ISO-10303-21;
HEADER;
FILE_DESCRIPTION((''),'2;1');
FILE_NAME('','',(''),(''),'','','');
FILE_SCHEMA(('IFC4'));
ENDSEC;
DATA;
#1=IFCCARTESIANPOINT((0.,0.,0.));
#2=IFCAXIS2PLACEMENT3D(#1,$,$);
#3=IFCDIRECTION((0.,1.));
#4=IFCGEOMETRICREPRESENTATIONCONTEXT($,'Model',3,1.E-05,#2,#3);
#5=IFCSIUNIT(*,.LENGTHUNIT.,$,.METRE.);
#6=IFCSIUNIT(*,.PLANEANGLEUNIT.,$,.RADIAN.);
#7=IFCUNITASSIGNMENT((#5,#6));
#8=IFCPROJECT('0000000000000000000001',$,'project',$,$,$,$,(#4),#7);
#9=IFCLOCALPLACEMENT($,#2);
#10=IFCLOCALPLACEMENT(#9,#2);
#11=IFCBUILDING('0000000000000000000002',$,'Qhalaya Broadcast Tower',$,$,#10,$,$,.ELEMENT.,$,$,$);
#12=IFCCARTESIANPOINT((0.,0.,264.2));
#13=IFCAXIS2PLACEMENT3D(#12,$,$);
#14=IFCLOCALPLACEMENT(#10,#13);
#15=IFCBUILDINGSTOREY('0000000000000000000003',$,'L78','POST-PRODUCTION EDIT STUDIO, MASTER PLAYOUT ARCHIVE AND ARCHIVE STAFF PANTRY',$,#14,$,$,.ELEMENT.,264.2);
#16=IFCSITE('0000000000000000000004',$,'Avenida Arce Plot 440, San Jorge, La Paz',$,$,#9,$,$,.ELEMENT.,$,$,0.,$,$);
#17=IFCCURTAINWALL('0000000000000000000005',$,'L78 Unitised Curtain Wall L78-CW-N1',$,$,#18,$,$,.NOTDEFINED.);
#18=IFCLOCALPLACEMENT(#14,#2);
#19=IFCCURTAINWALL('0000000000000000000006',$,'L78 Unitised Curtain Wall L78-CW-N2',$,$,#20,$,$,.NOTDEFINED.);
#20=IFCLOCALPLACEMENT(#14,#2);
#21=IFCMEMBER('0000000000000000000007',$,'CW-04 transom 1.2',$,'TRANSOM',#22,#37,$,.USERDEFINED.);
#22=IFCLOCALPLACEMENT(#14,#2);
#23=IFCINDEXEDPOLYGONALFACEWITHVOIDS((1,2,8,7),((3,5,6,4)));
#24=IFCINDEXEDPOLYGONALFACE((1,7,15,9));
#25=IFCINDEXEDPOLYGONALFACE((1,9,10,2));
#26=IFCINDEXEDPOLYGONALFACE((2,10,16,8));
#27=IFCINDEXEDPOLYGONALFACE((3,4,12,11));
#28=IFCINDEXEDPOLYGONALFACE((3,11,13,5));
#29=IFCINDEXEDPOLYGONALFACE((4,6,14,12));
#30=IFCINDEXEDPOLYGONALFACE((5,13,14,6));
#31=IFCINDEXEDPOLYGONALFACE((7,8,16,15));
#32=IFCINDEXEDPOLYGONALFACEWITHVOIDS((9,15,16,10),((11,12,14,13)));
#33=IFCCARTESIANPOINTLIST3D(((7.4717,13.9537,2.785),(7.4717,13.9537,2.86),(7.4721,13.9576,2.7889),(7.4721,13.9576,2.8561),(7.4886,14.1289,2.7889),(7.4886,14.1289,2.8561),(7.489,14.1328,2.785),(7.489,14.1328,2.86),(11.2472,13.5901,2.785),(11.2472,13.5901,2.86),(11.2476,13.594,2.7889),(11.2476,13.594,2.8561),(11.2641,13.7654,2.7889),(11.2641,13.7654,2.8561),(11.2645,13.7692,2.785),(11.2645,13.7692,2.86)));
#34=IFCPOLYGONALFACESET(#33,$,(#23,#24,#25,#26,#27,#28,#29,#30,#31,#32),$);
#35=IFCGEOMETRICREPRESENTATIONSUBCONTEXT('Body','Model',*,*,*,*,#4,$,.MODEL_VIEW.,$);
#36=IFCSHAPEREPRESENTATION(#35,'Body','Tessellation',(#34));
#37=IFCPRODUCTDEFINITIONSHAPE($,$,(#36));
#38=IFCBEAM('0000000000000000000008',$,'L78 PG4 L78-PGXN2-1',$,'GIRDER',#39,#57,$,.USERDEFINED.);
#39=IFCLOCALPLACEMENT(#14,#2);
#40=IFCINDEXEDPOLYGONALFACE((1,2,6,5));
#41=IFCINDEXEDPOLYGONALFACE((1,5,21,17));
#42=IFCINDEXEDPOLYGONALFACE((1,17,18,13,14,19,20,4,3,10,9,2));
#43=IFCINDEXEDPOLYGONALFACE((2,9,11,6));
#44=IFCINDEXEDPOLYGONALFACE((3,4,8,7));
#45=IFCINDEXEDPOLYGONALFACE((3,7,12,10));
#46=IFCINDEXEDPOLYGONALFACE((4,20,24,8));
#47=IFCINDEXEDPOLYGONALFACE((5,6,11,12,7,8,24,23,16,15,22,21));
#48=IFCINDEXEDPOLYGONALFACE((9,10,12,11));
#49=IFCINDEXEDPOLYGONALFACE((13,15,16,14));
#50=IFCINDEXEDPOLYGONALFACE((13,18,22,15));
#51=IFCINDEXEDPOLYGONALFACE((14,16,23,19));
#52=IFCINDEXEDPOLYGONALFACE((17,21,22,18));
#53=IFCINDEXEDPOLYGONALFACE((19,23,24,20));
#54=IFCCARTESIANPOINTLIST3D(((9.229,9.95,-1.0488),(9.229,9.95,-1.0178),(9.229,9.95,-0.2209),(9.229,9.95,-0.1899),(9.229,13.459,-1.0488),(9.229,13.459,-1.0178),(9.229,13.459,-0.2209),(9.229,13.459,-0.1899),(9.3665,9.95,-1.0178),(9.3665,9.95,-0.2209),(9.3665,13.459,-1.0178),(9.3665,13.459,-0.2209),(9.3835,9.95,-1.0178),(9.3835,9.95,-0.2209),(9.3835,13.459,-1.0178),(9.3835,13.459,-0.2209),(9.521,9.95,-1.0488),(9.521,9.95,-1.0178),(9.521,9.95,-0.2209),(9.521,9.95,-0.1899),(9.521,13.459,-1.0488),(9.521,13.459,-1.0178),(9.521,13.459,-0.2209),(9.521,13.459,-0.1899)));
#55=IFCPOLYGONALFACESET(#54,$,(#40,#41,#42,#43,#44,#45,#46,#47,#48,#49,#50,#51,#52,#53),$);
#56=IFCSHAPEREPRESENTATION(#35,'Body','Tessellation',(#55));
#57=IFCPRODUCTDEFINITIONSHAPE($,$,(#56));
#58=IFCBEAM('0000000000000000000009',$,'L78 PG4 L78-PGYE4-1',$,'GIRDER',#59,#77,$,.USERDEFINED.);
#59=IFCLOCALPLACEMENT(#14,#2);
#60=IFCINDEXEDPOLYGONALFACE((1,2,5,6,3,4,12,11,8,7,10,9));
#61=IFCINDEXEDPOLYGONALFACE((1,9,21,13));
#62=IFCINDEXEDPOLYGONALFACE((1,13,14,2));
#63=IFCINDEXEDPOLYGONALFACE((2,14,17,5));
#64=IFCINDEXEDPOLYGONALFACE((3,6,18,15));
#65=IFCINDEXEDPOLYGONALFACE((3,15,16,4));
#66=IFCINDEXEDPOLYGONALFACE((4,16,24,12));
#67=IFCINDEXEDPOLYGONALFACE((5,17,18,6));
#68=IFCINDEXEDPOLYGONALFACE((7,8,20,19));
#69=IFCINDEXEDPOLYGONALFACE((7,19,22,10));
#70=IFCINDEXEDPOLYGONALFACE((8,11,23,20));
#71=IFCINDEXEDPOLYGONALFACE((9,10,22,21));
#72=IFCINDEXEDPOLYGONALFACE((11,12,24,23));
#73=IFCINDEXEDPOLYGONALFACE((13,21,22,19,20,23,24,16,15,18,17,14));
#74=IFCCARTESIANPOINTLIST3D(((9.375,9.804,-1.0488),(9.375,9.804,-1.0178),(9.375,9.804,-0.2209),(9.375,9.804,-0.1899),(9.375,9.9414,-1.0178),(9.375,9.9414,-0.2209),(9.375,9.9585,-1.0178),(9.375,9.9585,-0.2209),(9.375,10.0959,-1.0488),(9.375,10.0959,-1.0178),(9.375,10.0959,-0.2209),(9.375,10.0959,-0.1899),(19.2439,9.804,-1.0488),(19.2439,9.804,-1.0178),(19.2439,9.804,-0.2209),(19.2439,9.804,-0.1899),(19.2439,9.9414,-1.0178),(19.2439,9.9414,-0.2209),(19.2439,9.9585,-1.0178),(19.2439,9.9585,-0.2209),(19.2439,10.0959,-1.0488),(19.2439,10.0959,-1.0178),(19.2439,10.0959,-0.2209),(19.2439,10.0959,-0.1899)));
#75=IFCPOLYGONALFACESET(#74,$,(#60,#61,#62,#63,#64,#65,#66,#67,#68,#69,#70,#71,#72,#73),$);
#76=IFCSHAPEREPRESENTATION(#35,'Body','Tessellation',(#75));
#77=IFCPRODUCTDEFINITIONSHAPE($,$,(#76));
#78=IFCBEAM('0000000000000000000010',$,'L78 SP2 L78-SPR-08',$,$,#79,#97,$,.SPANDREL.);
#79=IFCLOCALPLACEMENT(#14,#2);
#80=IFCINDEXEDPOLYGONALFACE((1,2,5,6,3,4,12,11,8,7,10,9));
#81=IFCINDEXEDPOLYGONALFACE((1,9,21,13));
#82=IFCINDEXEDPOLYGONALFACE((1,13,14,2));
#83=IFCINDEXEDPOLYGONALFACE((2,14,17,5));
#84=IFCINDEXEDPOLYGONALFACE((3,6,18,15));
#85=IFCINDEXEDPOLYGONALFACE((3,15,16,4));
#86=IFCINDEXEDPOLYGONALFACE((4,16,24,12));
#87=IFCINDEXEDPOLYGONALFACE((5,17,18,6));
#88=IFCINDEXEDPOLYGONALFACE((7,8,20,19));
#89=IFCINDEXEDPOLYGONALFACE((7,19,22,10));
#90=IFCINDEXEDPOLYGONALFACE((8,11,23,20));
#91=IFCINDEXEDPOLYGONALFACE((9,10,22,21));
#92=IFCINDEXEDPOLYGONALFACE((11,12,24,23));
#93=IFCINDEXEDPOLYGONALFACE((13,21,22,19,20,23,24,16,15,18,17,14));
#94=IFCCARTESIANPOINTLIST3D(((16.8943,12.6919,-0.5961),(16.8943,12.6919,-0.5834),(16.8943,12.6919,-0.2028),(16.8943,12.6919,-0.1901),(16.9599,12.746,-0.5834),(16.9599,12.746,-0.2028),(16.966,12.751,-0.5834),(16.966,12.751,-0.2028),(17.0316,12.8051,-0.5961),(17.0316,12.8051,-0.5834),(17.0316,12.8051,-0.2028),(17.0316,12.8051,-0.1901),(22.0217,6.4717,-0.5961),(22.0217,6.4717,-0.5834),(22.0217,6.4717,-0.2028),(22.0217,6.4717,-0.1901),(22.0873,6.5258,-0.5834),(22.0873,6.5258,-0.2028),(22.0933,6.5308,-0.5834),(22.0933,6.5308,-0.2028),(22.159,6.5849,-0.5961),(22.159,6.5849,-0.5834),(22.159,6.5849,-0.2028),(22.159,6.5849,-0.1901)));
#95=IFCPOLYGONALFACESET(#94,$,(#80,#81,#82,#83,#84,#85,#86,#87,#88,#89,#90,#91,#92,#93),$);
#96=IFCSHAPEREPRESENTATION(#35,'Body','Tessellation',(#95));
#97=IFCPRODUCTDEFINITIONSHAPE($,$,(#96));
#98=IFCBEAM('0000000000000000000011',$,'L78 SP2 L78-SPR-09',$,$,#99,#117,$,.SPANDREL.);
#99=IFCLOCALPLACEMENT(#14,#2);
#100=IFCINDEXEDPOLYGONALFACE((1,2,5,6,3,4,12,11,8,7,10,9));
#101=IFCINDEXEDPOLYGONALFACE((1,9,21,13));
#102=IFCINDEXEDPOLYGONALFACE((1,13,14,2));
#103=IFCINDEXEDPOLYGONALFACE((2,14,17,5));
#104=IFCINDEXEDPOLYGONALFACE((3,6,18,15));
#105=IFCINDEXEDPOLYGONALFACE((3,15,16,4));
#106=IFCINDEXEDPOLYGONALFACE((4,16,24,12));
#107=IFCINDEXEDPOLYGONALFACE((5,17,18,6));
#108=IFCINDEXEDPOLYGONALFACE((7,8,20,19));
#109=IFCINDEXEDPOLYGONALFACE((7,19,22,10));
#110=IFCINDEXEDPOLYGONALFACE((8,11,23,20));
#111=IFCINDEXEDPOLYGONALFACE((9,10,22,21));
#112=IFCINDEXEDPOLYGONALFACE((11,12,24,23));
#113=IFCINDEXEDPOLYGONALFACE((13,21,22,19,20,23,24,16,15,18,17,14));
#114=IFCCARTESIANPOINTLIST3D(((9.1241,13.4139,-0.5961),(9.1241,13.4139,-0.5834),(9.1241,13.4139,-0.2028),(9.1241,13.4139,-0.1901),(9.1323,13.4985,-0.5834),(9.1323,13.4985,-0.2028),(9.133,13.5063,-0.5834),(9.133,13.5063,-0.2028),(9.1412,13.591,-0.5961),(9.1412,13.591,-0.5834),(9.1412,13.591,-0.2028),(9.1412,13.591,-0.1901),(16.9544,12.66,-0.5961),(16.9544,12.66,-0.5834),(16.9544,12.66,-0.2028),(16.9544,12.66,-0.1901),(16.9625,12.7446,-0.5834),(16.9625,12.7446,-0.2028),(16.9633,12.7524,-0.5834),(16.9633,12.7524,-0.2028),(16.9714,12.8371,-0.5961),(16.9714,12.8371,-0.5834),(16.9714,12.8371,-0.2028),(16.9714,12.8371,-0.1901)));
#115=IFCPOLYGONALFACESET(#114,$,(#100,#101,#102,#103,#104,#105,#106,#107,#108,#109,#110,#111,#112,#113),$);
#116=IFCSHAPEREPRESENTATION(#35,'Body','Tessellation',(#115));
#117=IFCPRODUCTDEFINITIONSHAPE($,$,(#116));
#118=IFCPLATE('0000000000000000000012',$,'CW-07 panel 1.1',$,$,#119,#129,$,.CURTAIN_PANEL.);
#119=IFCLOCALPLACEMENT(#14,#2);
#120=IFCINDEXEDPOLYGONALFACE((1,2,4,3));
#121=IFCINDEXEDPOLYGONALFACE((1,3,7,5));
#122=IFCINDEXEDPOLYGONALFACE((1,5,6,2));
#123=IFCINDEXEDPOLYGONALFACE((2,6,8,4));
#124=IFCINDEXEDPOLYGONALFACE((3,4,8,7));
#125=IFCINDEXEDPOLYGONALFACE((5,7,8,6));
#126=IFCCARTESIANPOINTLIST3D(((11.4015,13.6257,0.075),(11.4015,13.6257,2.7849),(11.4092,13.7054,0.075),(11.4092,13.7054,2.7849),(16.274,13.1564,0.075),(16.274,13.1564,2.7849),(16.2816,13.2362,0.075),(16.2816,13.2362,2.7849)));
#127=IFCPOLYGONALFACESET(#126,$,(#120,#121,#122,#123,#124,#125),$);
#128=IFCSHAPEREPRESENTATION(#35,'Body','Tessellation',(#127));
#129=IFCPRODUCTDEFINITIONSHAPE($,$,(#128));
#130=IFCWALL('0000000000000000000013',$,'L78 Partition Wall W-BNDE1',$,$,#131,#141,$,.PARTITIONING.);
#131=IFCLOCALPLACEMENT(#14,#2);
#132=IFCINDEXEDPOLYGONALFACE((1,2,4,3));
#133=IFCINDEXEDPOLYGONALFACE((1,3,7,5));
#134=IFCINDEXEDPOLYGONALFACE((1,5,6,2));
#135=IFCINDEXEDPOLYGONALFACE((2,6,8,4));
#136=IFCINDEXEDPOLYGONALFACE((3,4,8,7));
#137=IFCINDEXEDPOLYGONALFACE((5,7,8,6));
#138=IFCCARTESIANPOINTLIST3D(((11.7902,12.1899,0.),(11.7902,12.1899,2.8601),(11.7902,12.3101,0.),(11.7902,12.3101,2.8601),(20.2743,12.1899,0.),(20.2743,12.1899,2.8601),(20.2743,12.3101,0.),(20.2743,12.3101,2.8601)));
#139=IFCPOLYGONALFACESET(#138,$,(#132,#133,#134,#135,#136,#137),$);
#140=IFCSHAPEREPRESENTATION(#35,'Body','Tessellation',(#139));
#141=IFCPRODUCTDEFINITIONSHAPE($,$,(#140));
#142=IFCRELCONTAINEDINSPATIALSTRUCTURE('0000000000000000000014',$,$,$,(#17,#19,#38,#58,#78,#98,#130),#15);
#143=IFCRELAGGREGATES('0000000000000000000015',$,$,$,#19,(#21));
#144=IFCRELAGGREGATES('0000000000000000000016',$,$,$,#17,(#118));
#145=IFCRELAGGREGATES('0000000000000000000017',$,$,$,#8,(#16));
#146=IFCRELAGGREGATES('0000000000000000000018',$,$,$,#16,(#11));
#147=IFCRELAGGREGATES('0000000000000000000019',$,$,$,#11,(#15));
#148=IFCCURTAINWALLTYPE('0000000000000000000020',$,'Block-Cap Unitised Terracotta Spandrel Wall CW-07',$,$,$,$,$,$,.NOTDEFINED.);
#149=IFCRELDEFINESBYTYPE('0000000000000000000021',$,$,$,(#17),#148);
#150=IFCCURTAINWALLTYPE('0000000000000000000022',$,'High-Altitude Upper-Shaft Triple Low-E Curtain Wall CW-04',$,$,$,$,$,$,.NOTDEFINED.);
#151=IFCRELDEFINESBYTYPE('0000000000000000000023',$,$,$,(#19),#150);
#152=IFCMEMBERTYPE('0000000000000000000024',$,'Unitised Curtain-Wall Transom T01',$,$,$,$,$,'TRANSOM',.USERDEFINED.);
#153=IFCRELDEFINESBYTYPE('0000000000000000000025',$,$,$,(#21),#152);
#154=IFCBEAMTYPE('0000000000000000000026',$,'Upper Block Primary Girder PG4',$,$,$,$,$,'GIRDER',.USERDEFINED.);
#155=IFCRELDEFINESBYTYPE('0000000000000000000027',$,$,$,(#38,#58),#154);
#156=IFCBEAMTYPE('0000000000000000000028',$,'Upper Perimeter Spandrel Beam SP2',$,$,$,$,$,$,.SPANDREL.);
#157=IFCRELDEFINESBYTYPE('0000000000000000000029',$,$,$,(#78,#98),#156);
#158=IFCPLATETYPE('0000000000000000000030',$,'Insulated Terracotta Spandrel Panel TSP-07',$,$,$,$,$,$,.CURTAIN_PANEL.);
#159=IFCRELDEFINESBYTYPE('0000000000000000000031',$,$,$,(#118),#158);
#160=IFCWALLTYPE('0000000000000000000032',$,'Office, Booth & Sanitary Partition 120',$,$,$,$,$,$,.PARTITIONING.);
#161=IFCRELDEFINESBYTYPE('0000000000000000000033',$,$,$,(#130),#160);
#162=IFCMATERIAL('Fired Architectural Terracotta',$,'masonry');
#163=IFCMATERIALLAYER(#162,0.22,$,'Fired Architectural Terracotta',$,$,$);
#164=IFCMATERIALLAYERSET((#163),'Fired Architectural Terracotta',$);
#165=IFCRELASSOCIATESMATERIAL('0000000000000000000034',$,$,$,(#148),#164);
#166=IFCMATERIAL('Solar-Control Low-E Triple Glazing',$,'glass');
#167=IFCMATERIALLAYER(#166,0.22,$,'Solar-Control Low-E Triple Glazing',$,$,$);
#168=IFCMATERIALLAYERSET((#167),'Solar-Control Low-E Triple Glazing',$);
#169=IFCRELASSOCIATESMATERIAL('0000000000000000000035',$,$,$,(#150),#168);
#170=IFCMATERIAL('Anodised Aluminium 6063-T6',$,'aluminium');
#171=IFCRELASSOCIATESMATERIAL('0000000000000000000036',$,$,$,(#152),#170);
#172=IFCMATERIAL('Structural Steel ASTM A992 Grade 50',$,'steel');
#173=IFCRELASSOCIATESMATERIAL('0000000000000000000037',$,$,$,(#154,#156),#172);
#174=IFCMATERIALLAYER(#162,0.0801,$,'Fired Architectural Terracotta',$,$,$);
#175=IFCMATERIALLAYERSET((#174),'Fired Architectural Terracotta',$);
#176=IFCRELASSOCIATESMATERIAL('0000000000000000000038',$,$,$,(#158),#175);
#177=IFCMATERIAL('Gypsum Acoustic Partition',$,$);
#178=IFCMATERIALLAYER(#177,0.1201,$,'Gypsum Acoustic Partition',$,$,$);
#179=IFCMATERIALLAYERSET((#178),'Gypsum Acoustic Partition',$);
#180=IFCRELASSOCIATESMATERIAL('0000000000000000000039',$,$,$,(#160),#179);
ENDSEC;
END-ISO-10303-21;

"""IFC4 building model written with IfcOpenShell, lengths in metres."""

from ifc_helpers import new_model, si_unit, direction, frame, frame_2d, origin, origin_2d, place, context, subcontext, project, spatial, rectangle, hollow_rectangle, i_section, extrude, material, layer, layer_set, material_profile, profile_set, type_object, element, aggregate, save


model = new_model("IFC4")

# Units and contexts
model_context = context("Model", 3, precision=1e-05, world=origin(), true_north=direction((0.0, 1.0)))
body_context = subcontext(model_context, "Body", "Model", "MODEL_VIEW")
ifc_project = project(units=[si_unit("LENGTHUNIT", "METRE"), si_unit("PLANEANGLEUNIT", "RADIAN")], contexts=[model_context])

# Site, building, storey
site_placement = place(None, origin())
site = spatial("IfcSite", under=ifc_project, at=site_placement, Name="Avenida Arce Plot 440, San Jorge, La Paz", CompositionType="ELEMENT", RefElevation=0.0)
building_placement = place(site_placement, origin())
building = spatial("IfcBuilding", under=site, at=building_placement, Name="Qhalaya Broadcast Tower", CompositionType="ELEMENT")
storey_placement = place(building_placement, frame((0.0, 0.0, 264.2)))
storey = spatial("IfcBuildingStorey", under=building, at=storey_placement, Name="L78", Description="POST-PRODUCTION EDIT STUDIO, MASTER PLAYOUT ARCHIVE AND ARCHIVE STAFF PANTRY", CompositionType="ELEMENT", Elevation=264.2)

# Shared definitions
ifc_material_1 = material(Name="Structural Steel ASTM A992 Grade 50", Category="steel")

# Shared definitions
ifc_material_2 = material(Name="Fired Architectural Terracotta", Category="masonry")
ifc_layer_1 = layer(ifc_material_2, 0.22, Name="Fired Architectural Terracotta")
ifc_layer_set_1 = layer_set([ifc_layer_1], Name="Fired Architectural Terracotta")
curtain_wall_type_1 = type_object("IfcCurtainWallType", Name="Block-Cap Unitised Terracotta Spandrel Wall CW-07", PredefinedType="NOTDEFINED", material=ifc_layer_set_1)
ifc_material_3 = material(Name="Anodised Aluminium 6063-T6", Category="aluminium")

# Curtain wall
curtain_wall_1_placement = place(storey_placement, origin())
curtain_wall_1 = element("IfcCurtainWall", 1, at=curtain_wall_1_placement, inside=storey, type_object=curtain_wall_type_1, Name="L78 Unitised Curtain Wall L78-CW-N1", PredefinedType="NOTDEFINED")

# Curtain wall
ifc_material_4 = material(Name="Solar-Control Low-E Triple Glazing", Category="glass")
ifc_layer_2 = layer(ifc_material_4, 0.22, Name="Solar-Control Low-E Triple Glazing")
ifc_layer_set_2 = layer_set([ifc_layer_2], Name="Solar-Control Low-E Triple Glazing")
curtain_wall_type_2 = type_object("IfcCurtainWallType", Name="High-Altitude Upper-Shaft Triple Low-E Curtain Wall CW-04", PredefinedType="NOTDEFINED", material=ifc_layer_set_2)
curtain_wall_2_placement = place(storey_placement, origin())
curtain_wall_2 = element("IfcCurtainWall", 2, at=curtain_wall_2_placement, inside=storey, type_object=curtain_wall_type_2, Name="L78 Unitised Curtain Wall L78-CW-N2", PredefinedType="NOTDEFINED")

# Member
ifc_material_profile_1 = material_profile(ifc_material_3, hollow_rectangle(XDim=0.075, YDim=0.1799, WallThickness=0.0039, at=origin_2d()), Name="ALU-TRN 75x180x4")
ifc_profile_set_1 = profile_set([ifc_material_profile_1], Name="Anodised Aluminium 6063-T6")
member_type_1 = type_object("IfcMemberType", Name="Unitised Curtain-Wall Transom T01", ElementType="TRANSOM", PredefinedType="USERDEFINED", material=ifc_profile_set_1)
member_1_placement = place(storey_placement, frame((11.2559, 13.6797, 2.8225), z_axis=(-0.995396, 0.095845, 0.0), x_axis=(0.0, 0.0, 1.0)))
member_1 = element("IfcMember", 3, at=member_1_placement, type_object=member_type_1, Name="CW-04 transom 1.2", ObjectType="TRANSOM", PredefinedType="USERDEFINED", context=body_context, shape_type="SweptSolid", body=[
    extrude(hollow_rectangle(XDim=0.075, YDim=0.1799, WallThickness=0.0039, at=origin_2d()), origin(), (0.0, 0.0, 1.0), 3.793),
])
aggregate(curtain_wall_2, [member_1])

# Beams
ifc_material_profile_2 = material_profile(ifc_material_1, i_section(OverallWidth=0.292, OverallDepth=0.8589, WebThickness=0.0171, FlangeThickness=0.031, at=origin_2d()), Name="W33X169")
ifc_profile_set_2 = profile_set([ifc_material_profile_2], Name="Structural Steel ASTM A992 Grade 50")
beam_type_1 = type_object("IfcBeamType", Name="Upper Block Primary Girder PG4", ElementType="GIRDER", PredefinedType="USERDEFINED", material=ifc_profile_set_2)
beam_1_placement = place(storey_placement, frame((9.375, 9.95, -0.6194), z_axis=(0.0, 1.0, 0.0), x_axis=(-1.0, 0.0, 0.0)))
element("IfcBeam", 4, at=beam_1_placement, inside=storey, type_object=beam_type_1, Name="L78 PG4 L78-PGXN2-1", ObjectType="GIRDER", PredefinedType="USERDEFINED", context=body_context, shape_type="SweptSolid", body=[
    extrude(i_section(OverallWidth=0.292, OverallDepth=0.8589, WebThickness=0.0171, FlangeThickness=0.031, at=origin_2d()), origin(), (0.0, 0.0, 1.0), 3.509),
])
beam_2_placement = place(storey_placement, frame((9.375, 9.95, -0.6194), z_axis=(1.0, 0.0, 0.0), x_axis=(0.0, 1.0, 0.0)))
element("IfcBeam", 5, at=beam_2_placement, inside=storey, type_object=beam_type_1, Name="L78 PG4 L78-PGYE4-1", ObjectType="GIRDER", PredefinedType="USERDEFINED", context=body_context, shape_type="SweptSolid", body=[
    extrude(i_section(OverallWidth=0.292, OverallDepth=0.8589, WebThickness=0.0171, FlangeThickness=0.031, at=origin_2d()), origin(), (0.0, 0.0, 1.0), 9.8689),
])
ifc_material_profile_3 = material_profile(ifc_material_1, i_section(OverallWidth=0.178, OverallDepth=0.406, WebThickness=0.0078, FlangeThickness=0.0127, at=origin_2d()), Name="W16X40")
ifc_profile_set_3 = profile_set([ifc_material_profile_3], Name="Structural Steel ASTM A992 Grade 50")
beam_type_2 = type_object("IfcBeamType", Name="Upper Perimeter Spandrel Beam SP2", PredefinedType="SPANDREL", material=ifc_profile_set_3)
beam_3_placement = place(storey_placement, frame((22.0903, 6.5283, -0.3931), z_axis=(-0.63607, 0.771631, 0.0), x_axis=(-0.771631, -0.63607, 0.0)))
element("IfcBeam", 6, at=beam_3_placement, inside=storey, type_object=beam_type_2, Name="L78 SP2 L78-SPR-08", PredefinedType="SPANDREL", context=body_context, shape_type="SweptSolid", body=[
    extrude(i_section(OverallWidth=0.178, OverallDepth=0.406, WebThickness=0.0078, FlangeThickness=0.0127, at=origin_2d()), origin(), (0.0, 0.0, 1.0), 8.061),
])
beam_4_placement = place(storey_placement, frame((16.9629, 12.7485, -0.3931), z_axis=(-0.995397, 0.095837, 0.0), x_axis=(-0.095837, -0.995397, 0.0)))
element("IfcBeam", 7, at=beam_4_placement, inside=storey, type_object=beam_type_2, Name="L78 SP2 L78-SPR-09", PredefinedType="SPANDREL", context=body_context, shape_type="SweptSolid", body=[
    extrude(i_section(OverallWidth=0.178, OverallDepth=0.406, WebThickness=0.0078, FlangeThickness=0.0127, at=origin_2d()), origin(), (0.0, 0.0, 1.0), 7.8665),
])

# Plate
ifc_layer_3 = layer(ifc_material_2, 0.0801, Name="Fired Architectural Terracotta")
ifc_layer_set_3 = layer_set([ifc_layer_3], Name="Fired Architectural Terracotta")
plate_type = type_object("IfcPlateType", Name="Insulated Terracotta Spandrel Panel TSP-07", PredefinedType="CURTAIN_PANEL", material=ifc_layer_set_3)
plate_placement = place(storey_placement, frame((13.8416, 13.4309, 0.075), z_axis=(0.0, 0.0, 1.0), x_axis=(-0.995395, 0.095857, 0.0)))
plate = element("IfcPlate", 8, at=plate_placement, type_object=plate_type, Name="CW-07 panel 1.1", PredefinedType="CURTAIN_PANEL", context=body_context, shape_type="SweptSolid", body=[
    extrude(rectangle(XDim=4.895, YDim=0.0801, at=origin_2d()), origin(), (0.0, 0.0, 1.0), 2.71),
])
aggregate(curtain_wall_1, [plate])

# Wall
ifc_material_5 = material(Name="Gypsum Acoustic Partition")
ifc_layer_4 = layer(ifc_material_5, 0.1201, Name="Gypsum Acoustic Partition")
ifc_layer_set_4 = layer_set([ifc_layer_4], Name="Gypsum Acoustic Partition")
wall_type = type_object("IfcWallType", Name="Office, Booth & Sanitary Partition 120", PredefinedType="PARTITIONING", material=ifc_layer_set_4)
wall_placement = place(storey_placement, frame((11.79, 12.25, 0.0), z_axis=(0.0, 0.0, 1.0), x_axis=(1.0, 0.0, 0.0)))
element("IfcWall", 9, at=wall_placement, inside=storey, type_object=wall_type, Name="L78 Partition Wall W-BNDE1", PredefinedType="PARTITIONING", context=body_context, shape_type="SweptSolid", body=[
    extrude(rectangle(XDim=8.4841, YDim=0.1201, at=frame_2d((4.2422, 0.0))), origin(), (0.0, 0.0, 1.0), 2.8601),
])

save(model, "model.ifc")
